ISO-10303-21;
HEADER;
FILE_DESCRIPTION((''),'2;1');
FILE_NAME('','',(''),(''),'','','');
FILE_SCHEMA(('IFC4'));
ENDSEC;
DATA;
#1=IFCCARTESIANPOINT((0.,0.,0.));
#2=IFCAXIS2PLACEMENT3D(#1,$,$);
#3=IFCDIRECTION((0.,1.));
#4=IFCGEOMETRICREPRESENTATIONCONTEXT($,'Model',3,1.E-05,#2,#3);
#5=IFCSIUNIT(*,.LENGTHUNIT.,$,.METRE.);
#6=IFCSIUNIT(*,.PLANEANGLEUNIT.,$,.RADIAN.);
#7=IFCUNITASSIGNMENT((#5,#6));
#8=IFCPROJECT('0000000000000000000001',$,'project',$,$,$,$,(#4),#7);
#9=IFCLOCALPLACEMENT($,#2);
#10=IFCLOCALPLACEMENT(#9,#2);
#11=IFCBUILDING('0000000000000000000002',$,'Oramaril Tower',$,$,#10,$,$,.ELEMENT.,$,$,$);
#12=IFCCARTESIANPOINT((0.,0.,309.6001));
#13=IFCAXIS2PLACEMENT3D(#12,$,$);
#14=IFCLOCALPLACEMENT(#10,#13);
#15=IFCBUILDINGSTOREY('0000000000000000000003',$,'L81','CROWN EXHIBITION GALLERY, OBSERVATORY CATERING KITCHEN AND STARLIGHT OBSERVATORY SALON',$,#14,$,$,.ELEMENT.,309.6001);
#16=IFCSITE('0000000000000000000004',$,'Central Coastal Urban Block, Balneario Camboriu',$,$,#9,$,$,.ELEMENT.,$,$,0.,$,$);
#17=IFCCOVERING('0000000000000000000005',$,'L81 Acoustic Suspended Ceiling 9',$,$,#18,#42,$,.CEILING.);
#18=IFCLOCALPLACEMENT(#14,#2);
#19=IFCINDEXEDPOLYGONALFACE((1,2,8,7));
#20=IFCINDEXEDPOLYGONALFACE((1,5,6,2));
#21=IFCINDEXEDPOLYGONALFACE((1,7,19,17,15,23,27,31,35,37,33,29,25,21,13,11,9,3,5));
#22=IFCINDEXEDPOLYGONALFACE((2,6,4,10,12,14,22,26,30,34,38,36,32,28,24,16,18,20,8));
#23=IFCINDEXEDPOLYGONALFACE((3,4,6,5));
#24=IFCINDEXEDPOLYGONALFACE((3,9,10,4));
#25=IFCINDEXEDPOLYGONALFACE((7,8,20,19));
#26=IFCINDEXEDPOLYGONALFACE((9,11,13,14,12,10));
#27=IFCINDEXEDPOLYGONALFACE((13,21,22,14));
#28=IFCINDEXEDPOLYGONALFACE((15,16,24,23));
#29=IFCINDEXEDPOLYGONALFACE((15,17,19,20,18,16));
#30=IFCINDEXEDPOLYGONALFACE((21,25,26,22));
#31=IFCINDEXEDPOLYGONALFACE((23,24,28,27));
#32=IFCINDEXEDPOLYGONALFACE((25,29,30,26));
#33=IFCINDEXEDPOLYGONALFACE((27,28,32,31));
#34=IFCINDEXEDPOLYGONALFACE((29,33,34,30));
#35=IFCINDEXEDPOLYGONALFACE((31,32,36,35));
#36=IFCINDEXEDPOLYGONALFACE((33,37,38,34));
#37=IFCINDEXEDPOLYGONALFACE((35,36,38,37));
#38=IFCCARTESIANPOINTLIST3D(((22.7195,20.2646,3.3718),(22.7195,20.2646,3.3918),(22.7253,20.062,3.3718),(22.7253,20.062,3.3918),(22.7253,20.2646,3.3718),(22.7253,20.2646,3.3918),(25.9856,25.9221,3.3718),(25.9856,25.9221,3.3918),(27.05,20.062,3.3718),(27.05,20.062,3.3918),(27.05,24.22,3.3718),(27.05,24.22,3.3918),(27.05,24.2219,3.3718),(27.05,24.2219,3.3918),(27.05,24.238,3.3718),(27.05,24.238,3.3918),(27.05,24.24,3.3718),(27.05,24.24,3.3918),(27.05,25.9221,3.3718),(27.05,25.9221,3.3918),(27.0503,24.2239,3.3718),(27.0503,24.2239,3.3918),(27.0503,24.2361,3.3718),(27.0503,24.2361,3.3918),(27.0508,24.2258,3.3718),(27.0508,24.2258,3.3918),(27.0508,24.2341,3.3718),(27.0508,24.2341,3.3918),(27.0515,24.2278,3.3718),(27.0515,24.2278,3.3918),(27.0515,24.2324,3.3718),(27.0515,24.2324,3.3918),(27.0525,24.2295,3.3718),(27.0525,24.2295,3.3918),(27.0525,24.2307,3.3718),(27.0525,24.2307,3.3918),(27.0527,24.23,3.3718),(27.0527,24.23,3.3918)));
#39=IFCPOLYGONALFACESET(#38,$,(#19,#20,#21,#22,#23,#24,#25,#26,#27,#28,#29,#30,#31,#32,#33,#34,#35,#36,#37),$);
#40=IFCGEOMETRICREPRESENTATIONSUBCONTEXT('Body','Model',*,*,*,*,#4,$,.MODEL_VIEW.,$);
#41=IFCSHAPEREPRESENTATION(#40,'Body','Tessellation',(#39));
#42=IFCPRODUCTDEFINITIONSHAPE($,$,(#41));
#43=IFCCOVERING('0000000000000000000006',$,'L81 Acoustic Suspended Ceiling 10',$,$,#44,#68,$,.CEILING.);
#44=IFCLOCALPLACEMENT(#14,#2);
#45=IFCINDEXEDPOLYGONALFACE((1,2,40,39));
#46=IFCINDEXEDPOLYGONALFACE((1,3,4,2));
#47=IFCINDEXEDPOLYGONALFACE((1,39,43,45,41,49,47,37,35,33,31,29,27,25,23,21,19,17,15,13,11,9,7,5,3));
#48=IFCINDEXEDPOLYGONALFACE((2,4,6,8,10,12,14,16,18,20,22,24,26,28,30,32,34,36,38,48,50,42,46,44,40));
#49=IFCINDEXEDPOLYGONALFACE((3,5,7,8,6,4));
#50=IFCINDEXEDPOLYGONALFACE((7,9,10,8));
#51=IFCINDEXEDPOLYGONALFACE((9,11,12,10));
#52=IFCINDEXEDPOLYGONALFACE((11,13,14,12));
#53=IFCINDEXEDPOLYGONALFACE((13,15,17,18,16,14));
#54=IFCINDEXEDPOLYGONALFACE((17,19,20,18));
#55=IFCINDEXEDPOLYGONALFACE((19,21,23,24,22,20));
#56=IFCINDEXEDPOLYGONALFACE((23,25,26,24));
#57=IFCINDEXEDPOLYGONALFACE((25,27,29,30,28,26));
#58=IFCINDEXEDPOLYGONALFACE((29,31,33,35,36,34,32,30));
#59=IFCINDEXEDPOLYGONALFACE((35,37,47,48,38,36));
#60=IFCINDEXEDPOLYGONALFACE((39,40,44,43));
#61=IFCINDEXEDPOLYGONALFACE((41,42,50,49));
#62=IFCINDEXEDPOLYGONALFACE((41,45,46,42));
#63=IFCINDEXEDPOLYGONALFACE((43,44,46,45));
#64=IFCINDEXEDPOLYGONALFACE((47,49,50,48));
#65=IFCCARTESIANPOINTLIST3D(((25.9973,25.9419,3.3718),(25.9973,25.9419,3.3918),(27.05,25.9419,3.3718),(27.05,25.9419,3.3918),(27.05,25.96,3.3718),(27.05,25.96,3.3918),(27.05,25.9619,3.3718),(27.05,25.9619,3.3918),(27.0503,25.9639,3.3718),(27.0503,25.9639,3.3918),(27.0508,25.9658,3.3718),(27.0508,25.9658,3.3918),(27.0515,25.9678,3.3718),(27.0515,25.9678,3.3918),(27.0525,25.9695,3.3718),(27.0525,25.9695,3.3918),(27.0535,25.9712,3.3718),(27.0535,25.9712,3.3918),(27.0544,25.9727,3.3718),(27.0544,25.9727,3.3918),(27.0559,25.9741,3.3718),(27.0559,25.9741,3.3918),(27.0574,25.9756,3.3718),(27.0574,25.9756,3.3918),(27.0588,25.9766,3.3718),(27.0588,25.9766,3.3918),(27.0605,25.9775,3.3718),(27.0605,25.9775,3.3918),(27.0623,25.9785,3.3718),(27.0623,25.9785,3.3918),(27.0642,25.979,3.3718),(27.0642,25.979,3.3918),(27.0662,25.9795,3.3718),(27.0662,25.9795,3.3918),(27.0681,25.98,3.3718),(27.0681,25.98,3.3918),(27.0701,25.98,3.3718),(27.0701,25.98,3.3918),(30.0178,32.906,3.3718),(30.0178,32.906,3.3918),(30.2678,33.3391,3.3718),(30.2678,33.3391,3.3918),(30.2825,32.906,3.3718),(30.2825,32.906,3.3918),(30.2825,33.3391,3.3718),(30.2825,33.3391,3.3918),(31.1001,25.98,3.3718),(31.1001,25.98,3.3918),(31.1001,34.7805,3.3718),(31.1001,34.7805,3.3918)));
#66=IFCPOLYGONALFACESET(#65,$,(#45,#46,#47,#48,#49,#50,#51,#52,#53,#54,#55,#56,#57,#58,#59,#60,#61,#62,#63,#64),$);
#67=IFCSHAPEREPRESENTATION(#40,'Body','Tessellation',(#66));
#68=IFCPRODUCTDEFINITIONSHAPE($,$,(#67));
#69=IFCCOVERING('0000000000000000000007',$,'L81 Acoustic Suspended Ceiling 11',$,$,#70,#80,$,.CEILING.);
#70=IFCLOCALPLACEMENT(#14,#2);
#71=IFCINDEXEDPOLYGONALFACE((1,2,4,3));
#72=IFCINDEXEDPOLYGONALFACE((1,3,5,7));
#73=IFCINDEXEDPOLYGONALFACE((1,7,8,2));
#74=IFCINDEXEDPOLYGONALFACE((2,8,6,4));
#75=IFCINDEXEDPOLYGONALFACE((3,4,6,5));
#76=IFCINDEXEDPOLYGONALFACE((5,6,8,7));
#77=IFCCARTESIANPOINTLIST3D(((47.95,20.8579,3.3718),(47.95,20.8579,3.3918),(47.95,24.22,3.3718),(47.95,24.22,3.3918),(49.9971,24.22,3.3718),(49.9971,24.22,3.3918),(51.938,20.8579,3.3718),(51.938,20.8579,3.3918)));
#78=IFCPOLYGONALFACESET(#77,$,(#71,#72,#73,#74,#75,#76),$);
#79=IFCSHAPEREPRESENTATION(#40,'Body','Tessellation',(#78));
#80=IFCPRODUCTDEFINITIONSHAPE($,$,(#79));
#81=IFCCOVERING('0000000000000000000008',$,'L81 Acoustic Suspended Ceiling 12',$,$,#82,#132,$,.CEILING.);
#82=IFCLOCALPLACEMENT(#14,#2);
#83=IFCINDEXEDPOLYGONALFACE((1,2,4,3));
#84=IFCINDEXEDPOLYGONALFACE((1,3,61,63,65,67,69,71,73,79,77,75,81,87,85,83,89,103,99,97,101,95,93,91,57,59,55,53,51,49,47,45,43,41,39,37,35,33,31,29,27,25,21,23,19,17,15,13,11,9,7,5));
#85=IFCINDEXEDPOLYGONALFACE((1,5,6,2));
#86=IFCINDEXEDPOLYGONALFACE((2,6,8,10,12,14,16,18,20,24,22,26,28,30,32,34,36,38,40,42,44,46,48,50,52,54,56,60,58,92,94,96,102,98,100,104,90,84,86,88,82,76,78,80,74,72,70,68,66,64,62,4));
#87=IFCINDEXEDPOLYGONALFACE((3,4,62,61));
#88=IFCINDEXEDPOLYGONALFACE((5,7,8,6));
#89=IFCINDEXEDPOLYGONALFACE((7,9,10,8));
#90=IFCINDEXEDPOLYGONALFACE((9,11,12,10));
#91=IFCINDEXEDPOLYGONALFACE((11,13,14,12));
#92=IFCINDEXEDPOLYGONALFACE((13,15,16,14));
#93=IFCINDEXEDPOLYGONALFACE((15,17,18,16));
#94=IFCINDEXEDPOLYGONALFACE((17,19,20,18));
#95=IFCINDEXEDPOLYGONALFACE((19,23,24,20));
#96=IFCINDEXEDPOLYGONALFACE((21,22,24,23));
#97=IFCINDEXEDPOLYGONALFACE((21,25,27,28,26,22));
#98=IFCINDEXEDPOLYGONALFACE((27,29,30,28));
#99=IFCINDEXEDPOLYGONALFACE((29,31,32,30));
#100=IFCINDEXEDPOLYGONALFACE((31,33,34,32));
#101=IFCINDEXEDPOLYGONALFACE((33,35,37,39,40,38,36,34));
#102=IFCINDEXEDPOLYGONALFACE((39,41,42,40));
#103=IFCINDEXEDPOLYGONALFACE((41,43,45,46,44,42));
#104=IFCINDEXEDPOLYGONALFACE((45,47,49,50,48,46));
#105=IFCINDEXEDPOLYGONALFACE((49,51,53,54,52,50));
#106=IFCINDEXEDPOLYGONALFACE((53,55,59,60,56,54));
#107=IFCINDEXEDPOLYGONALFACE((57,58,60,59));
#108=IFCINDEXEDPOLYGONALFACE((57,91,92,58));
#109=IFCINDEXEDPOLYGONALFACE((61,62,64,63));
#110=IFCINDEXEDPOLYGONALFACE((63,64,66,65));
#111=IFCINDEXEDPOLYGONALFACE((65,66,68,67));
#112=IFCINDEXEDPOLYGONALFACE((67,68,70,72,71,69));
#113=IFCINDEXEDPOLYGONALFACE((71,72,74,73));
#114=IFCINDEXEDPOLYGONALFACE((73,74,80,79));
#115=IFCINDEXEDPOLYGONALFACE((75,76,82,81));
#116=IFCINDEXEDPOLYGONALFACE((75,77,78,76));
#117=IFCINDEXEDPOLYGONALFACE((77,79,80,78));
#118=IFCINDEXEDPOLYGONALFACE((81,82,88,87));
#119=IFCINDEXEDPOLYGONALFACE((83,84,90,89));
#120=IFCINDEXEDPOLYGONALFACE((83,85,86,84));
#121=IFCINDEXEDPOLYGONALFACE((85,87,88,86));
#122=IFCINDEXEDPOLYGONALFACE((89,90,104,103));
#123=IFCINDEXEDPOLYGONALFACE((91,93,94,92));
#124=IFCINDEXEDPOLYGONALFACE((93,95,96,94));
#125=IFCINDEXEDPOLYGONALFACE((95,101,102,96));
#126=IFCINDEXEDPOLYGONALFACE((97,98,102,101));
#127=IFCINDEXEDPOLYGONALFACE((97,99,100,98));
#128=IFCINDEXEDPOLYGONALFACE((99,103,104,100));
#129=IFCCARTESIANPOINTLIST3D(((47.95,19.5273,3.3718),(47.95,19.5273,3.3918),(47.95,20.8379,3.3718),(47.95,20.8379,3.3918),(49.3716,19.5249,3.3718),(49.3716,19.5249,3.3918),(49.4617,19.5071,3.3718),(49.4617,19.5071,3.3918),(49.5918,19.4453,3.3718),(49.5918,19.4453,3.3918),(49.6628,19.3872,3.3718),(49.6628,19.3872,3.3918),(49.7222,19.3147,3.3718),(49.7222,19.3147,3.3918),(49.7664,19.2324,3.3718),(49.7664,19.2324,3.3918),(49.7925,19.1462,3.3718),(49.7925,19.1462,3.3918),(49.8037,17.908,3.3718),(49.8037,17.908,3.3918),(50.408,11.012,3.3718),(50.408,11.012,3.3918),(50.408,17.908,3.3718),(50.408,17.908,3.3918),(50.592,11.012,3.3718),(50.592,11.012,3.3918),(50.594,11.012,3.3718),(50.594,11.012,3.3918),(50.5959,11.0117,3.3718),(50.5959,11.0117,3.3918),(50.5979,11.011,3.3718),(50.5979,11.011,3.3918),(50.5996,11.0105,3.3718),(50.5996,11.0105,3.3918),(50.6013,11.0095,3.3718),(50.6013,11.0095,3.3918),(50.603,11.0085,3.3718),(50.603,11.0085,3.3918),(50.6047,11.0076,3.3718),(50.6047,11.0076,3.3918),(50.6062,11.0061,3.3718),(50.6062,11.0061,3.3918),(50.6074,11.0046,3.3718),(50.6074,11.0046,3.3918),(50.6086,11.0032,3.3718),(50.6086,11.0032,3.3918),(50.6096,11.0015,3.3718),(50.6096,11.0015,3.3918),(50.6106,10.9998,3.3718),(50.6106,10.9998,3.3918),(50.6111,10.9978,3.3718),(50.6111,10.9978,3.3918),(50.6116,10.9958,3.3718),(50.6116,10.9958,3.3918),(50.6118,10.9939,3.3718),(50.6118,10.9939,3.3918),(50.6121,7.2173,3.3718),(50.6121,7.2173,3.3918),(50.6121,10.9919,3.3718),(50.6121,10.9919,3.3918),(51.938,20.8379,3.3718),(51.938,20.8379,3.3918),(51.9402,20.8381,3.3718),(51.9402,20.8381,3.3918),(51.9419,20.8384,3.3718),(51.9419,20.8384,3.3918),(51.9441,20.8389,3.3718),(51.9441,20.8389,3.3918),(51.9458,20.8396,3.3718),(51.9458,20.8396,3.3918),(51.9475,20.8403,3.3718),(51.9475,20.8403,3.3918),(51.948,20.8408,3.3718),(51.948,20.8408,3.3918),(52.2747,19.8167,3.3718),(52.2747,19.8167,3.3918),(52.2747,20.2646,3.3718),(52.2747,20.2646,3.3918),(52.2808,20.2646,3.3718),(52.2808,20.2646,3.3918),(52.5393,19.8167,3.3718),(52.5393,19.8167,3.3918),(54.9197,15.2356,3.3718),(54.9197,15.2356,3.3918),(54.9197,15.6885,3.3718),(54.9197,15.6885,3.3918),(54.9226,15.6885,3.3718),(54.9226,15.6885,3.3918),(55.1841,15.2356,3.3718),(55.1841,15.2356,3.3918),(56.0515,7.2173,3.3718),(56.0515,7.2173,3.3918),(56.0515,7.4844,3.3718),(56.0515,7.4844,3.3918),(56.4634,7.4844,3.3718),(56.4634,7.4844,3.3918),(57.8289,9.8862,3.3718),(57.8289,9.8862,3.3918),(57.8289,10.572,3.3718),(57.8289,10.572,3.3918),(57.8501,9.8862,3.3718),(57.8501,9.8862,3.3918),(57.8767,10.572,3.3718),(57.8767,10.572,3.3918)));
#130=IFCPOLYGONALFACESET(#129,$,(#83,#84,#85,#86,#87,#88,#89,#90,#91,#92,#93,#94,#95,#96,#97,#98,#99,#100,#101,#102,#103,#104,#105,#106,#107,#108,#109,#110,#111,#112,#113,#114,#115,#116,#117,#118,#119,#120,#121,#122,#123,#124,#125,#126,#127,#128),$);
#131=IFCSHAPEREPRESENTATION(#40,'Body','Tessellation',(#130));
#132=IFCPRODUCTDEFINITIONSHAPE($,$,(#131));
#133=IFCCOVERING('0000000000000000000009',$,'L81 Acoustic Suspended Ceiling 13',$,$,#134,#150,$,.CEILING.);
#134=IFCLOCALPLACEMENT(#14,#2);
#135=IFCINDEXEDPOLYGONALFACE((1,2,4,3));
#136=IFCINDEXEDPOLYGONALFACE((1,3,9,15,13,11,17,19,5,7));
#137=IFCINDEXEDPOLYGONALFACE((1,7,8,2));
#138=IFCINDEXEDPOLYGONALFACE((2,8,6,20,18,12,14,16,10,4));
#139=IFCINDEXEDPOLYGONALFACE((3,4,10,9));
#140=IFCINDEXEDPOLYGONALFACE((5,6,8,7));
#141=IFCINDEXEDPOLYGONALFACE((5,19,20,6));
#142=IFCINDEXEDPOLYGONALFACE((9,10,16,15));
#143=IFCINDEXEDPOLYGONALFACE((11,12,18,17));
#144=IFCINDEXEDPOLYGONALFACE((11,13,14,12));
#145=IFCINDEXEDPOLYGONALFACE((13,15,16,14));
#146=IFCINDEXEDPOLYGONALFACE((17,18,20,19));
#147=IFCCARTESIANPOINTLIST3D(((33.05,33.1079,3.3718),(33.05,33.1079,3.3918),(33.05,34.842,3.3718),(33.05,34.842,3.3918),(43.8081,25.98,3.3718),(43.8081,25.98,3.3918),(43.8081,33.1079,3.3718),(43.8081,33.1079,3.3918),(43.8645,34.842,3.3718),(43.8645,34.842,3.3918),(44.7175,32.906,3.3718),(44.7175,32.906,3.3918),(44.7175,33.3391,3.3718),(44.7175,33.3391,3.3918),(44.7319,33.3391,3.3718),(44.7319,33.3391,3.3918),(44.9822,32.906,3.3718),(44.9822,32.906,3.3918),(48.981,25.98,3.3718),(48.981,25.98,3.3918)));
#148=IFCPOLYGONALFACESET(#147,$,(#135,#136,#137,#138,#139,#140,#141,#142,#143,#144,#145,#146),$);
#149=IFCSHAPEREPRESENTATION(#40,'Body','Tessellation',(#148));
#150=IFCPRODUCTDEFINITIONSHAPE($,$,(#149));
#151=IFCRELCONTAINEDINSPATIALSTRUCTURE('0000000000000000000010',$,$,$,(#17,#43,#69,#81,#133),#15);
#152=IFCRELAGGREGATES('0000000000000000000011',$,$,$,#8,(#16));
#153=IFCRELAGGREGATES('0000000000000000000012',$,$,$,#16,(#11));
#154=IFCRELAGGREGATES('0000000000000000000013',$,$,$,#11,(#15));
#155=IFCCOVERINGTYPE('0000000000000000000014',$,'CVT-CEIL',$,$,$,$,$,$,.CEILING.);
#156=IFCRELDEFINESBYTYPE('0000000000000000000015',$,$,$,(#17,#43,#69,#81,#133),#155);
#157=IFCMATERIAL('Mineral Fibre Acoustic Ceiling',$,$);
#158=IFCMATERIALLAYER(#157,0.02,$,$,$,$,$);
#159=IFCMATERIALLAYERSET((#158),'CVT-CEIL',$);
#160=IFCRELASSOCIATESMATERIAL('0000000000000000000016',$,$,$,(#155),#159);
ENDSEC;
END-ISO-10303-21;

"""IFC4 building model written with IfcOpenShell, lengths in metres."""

from ifc_helpers import new_model, si_unit, direction, frame, origin, place, context, subcontext, project, spatial, polyline, outline, extrude, material, layer, layer_set, type_object, element, save


model = new_model("IFC4")

# Units and contexts
model_context = context("Model", 3, precision=1e-05, world=origin(), true_north=direction((0.0, 1.0)))
body_context = subcontext(model_context, "Body", "Model", "MODEL_VIEW")
ifc_project = project(units=[si_unit("LENGTHUNIT", "METRE"), si_unit("PLANEANGLEUNIT", "RADIAN")], contexts=[model_context])

# Site, building, storey
site_placement = place(None, origin())
site = spatial("IfcSite", under=ifc_project, at=site_placement, Name="Central Coastal Urban Block, Balneario Camboriu", CompositionType="ELEMENT", RefElevation=0.0)
building_placement = place(site_placement, origin())
building = spatial("IfcBuilding", under=site, at=building_placement, Name="Oramaril Tower", CompositionType="ELEMENT")
storey_placement = place(building_placement, frame((0.0, 0.0, 309.6001)))
storey = spatial("IfcBuildingStorey", under=building, at=storey_placement, Name="L81", Description="CROWN EXHIBITION GALLERY, OBSERVATORY CATERING KITCHEN AND STARLIGHT OBSERVATORY SALON", CompositionType="ELEMENT", Elevation=309.6001)

# Coverings
ifc_material_1 = material(Name="Mineral Fibre Acoustic Ceiling")
ifc_layer_1 = layer(ifc_material_1, 0.02)
ifc_layer_set_1 = layer_set([ifc_layer_1], Name="CVT-CEIL")
covering_type_1 = type_object("IfcCoveringType", Name="CVT-CEIL", PredefinedType="CEILING", material=ifc_layer_set_1)
covering_1_placement = place(storey_placement, frame((0.0, 0.0, 3.3718)))
element("IfcCovering", 1, at=covering_1_placement, inside=storey, type_object=covering_type_1, Name="L81 Acoustic Suspended Ceiling 9", PredefinedType="CEILING", context=body_context, shape_type="SweptSolid", body=[
    extrude(outline(polyline([(22.7253, 20.2646), (22.7195, 20.2646), (25.9856, 25.9221), (27.05, 25.9221), (27.05, 24.24), (27.05, 24.238), (27.0503, 24.2361), (27.0508, 24.2341), (27.0515, 24.2324), (27.0525, 24.2307), (27.0527, 24.23), (27.0525, 24.2295), (27.0515, 24.2278), (27.0508, 24.2258), (27.0503, 24.2239), (27.05, 24.2219), (27.05, 24.22), (27.05, 20.062), (22.7253, 20.062), (22.7253, 20.2646)])), origin(), (0.0, 0.0, 1.0), 0.02),
])
covering_2_placement = place(storey_placement, frame((0.0, 0.0, 3.3718)))
element("IfcCovering", 2, at=covering_2_placement, inside=storey, type_object=covering_type_1, Name="L81 Acoustic Suspended Ceiling 10", PredefinedType="CEILING", context=body_context, shape_type="SweptSolid", body=[
    extrude(outline(polyline([(30.2825, 32.906), (30.2825, 33.3391), (30.2678, 33.3391), (31.1001, 34.7805), (31.1001, 25.98), (27.0701, 25.98), (27.0681, 25.98), (27.0662, 25.9795), (27.0642, 25.979), (27.0623, 25.9785), (27.0605, 25.9775), (27.0588, 25.9766), (27.0574, 25.9756), (27.0559, 25.9741), (27.0544, 25.9727), (27.0535, 25.9712), (27.0525, 25.9695), (27.0515, 25.9678), (27.0508, 25.9658), (27.0503, 25.9639), (27.05, 25.9619), (27.05, 25.96), (27.05, 25.9419), (25.9973, 25.9419), (30.0178, 32.906), (30.2825, 32.906)])), origin(), (0.0, 0.0, 1.0), 0.02),
])
covering_3_placement = place(storey_placement, frame((0.0, 0.0, 3.3718)))
element("IfcCovering", 3, at=covering_3_placement, inside=storey, type_object=covering_type_1, Name="L81 Acoustic Suspended Ceiling 11", PredefinedType="CEILING", context=body_context, shape_type="SweptSolid", body=[
    extrude(outline(polyline([(51.938, 20.8579), (47.95, 20.8579), (47.95, 24.22), (49.9971, 24.22), (51.938, 20.8579)])), origin(), (0.0, 0.0, 1.0), 0.02),
])
covering_4_placement = place(storey_placement, frame((0.0, 0.0, 3.3718)))
element("IfcCovering", 4, at=covering_4_placement, inside=storey, type_object=covering_type_1, Name="L81 Acoustic Suspended Ceiling 12", PredefinedType="CEILING", context=body_context, shape_type="SweptSolid", body=[
    extrude(outline(polyline([(52.2808, 20.2646), (52.2747, 20.2646), (52.2747, 19.8167), (52.5393, 19.8167), (54.9226, 15.6885), (54.9197, 15.6885), (54.9197, 15.2356), (55.1841, 15.2356), (57.8767, 10.572), (57.8289, 10.572), (57.8289, 9.8862), (57.8501, 9.8862), (56.4634, 7.4844), (56.0515, 7.4844), (56.0515, 7.2173), (50.6121, 7.2173), (50.6121, 10.9919), (50.6118, 10.9939), (50.6116, 10.9958), (50.6111, 10.9978), (50.6106, 10.9998), (50.6096, 11.0015), (50.6086, 11.0032), (50.6074, 11.0046), (50.6062, 11.0061), (50.6047, 11.0076), (50.603, 11.0085), (50.6013, 11.0095), (50.5996, 11.0105), (50.5979, 11.011), (50.5959, 11.0117), (50.594, 11.012), (50.592, 11.012), (50.408, 11.012), (50.408, 17.908), (49.8037, 17.908), (49.7925, 19.1462), (49.7664, 19.2324), (49.7222, 19.3147), (49.6628, 19.3872), (49.5918, 19.4453), (49.4617, 19.5071), (49.3716, 19.5249), (47.95, 19.5273), (47.95, 20.8379), (51.938, 20.8379), (51.9402, 20.8381), (51.9419, 20.8384), (51.9441, 20.8389), (51.9458, 20.8396), (51.9475, 20.8403), (51.948, 20.8408), (52.2808, 20.2646)])), origin(), (0.0, 0.0, 1.0), 0.02),
])
covering_5_placement = place(storey_placement, frame((0.0, 0.0, 3.3718)))
element("IfcCovering", 5, at=covering_5_placement, inside=storey, type_object=covering_type_1, Name="L81 Acoustic Suspended Ceiling 13", PredefinedType="CEILING", context=body_context, shape_type="SweptSolid", body=[
    extrude(outline(polyline([(43.8645, 34.842), (44.7319, 33.3391), (44.7175, 33.3391), (44.7175, 32.906), (44.9822, 32.906), (48.981, 25.98), (43.8081, 25.98), (43.8081, 33.1079), (33.05, 33.1079), (33.05, 34.842), (43.8645, 34.842)])), origin(), (0.0, 0.0, 1.0), 0.02),
])

save(model, "model.ifc")
